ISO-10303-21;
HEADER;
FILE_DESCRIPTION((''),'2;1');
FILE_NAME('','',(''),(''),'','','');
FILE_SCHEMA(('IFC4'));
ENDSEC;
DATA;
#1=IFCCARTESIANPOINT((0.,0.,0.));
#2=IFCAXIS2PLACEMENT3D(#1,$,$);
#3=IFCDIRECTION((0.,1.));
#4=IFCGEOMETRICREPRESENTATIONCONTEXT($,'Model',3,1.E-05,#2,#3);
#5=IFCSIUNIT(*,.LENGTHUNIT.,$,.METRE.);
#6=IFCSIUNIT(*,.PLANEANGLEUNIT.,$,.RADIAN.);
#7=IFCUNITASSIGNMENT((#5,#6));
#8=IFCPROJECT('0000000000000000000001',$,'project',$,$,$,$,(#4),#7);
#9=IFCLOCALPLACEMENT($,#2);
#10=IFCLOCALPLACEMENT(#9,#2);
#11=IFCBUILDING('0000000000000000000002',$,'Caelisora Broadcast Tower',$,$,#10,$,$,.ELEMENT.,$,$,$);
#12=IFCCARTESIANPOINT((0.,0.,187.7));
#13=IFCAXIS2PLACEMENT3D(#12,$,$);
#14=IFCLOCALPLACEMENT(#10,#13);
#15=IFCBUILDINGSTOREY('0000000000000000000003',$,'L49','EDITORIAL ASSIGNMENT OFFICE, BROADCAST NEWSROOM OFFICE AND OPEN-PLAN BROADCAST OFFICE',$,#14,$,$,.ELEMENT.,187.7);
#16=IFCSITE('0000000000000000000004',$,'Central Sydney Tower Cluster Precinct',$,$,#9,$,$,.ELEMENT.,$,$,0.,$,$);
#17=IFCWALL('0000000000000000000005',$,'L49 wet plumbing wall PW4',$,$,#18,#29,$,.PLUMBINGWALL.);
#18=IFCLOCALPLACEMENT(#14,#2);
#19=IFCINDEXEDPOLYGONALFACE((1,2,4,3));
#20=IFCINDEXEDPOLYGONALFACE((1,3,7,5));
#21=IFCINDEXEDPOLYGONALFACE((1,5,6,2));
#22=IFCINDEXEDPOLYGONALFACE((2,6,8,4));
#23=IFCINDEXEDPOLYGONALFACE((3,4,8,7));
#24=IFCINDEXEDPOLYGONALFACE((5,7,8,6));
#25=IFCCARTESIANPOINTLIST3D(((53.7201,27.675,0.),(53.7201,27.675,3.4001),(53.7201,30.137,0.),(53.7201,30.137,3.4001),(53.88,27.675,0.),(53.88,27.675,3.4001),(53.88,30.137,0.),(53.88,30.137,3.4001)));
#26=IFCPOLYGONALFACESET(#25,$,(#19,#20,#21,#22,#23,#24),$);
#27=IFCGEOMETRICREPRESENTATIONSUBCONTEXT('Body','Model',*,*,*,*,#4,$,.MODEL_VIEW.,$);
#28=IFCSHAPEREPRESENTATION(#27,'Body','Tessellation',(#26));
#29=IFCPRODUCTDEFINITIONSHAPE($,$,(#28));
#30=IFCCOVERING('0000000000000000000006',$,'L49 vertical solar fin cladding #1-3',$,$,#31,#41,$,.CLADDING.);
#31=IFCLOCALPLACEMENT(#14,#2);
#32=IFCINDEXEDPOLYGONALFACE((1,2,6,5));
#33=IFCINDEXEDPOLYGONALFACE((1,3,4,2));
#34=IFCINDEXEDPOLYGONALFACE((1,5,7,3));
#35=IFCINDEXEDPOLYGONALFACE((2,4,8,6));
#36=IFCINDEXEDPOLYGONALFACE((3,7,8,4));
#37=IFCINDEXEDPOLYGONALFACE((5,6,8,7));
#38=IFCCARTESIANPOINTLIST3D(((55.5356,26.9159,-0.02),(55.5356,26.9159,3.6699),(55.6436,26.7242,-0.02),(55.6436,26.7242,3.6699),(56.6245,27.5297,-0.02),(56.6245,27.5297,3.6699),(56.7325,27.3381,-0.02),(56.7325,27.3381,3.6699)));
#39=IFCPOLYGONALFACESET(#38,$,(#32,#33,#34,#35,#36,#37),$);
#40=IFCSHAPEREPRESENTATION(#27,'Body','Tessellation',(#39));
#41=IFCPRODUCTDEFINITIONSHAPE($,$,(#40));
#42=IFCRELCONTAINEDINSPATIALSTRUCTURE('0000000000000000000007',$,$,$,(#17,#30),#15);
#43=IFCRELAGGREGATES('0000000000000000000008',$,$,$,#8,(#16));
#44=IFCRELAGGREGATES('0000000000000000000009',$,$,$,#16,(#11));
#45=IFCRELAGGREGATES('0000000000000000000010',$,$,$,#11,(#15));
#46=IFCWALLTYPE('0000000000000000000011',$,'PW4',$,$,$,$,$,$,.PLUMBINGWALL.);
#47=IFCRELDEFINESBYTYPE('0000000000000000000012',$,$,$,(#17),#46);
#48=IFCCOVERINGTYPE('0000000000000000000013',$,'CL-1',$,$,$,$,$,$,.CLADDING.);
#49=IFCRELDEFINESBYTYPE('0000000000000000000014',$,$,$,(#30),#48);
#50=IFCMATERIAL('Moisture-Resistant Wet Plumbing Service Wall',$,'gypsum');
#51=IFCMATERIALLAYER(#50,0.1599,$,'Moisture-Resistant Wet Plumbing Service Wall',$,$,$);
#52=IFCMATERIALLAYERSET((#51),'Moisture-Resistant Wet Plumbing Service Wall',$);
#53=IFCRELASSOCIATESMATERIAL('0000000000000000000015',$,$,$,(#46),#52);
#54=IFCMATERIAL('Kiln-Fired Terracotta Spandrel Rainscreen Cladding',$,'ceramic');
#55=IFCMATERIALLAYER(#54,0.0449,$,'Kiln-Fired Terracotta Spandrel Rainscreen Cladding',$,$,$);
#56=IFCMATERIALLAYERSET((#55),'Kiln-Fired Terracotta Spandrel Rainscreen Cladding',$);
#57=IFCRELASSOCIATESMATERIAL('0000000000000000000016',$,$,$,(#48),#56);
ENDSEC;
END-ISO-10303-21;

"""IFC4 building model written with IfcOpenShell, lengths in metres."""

from ifc_helpers import new_model, si_unit, direction, frame, frame_2d, origin, origin_2d, place, context, subcontext, project, spatial, rectangle, extrude, source, transform, mapped, material, layer, layer_set, type_object, type_shapes, element, save


model = new_model("IFC4")

# Units and contexts
model_context = context("Model", 3, precision=1e-05, world=origin(), true_north=direction((0.0, 1.0)))
body_context = subcontext(model_context, "Body", "Model", "MODEL_VIEW")
ifc_project = project(units=[si_unit("LENGTHUNIT", "METRE"), si_unit("PLANEANGLEUNIT", "RADIAN")], contexts=[model_context])

# Site, building, storey
site_placement = place(None, origin())
site = spatial("IfcSite", under=ifc_project, at=site_placement, Name="Central Sydney Tower Cluster Precinct", CompositionType="ELEMENT", RefElevation=0.0)
building_placement = place(site_placement, origin())
building = spatial("IfcBuilding", under=site, at=building_placement, Name="Caelisora Broadcast Tower", CompositionType="ELEMENT")
storey_placement = place(building_placement, frame((0.0, 0.0, 187.7)))
storey = spatial("IfcBuildingStorey", under=building, at=storey_placement, Name="L49", Description="EDITORIAL ASSIGNMENT OFFICE, BROADCAST NEWSROOM OFFICE AND OPEN-PLAN BROADCAST OFFICE", CompositionType="ELEMENT", Elevation=187.7)

# Shared definitions
ifc_material_1 = material(Name="Moisture-Resistant Wet Plumbing Service Wall", Category="gypsum")
ifc_layer_1 = layer(ifc_material_1, 0.1599, Name="Moisture-Resistant Wet Plumbing Service Wall")
ifc_layer_set_1 = layer_set([ifc_layer_1], Name="Moisture-Resistant Wet Plumbing Service Wall")
wall_type = type_object("IfcWallType", Name="PW4", PredefinedType="PLUMBINGWALL", material=ifc_layer_set_1)

# Wall
wall_1_placement = place(storey_placement, frame((53.8, 27.675, 0.0), z_axis=(0.0, 0.0, 1.0), x_axis=(0.0, 1.0, 0.0)))
element("IfcWall", 1, at=wall_1_placement, inside=storey, type_object=wall_type, Name="L49 wet plumbing wall PW4", PredefinedType="PLUMBINGWALL", context=body_context, shape_type="SweptSolid", body=[
    extrude(rectangle(XDim=2.4619, YDim=0.1599, at=frame_2d((1.231, 0.0))), origin(), (0.0, 0.0, 1.0), 3.4001),
])

# Covering
ifc_material_2 = material(Name="Kiln-Fired Terracotta Spandrel Rainscreen Cladding", Category="ceramic")
ifc_layer_2 = layer(ifc_material_2, 0.0449, Name="Kiln-Fired Terracotta Spandrel Rainscreen Cladding")
ifc_layer_set_2 = layer_set([ifc_layer_2], Name="Kiln-Fired Terracotta Spandrel Rainscreen Cladding")
covering_type = type_object("IfcCoveringType", Name="CL-1", PredefinedType="CLADDING", material=ifc_layer_set_2)
shared_shape_1 = source(origin(), body_context, "Body", "SweptSolid", [
    extrude(rectangle(XDim=0.22, YDim=1.25, at=origin_2d()), origin(), (0.0, 0.0, 1.0), 3.6899),
])
type_shapes(covering_type, [shared_shape_1])
covering_placement = place(storey_placement, frame((56.134, 27.127, -0.02), z_axis=(0.0, 0.0, 1.0), x_axis=(0.491056, -0.871128, 0.0)))
element("IfcCovering", 2, at=covering_placement, inside=storey, type_object=covering_type, Name="L49 vertical solar fin cladding #1-3", PredefinedType="CLADDING", context=body_context, shape_type="MappedRepresentation", body=[
    mapped(shared_shape_1, transform((0.0, 0.0, 0.0), scale=1.0)),
])

save(model, "model.ifc")
